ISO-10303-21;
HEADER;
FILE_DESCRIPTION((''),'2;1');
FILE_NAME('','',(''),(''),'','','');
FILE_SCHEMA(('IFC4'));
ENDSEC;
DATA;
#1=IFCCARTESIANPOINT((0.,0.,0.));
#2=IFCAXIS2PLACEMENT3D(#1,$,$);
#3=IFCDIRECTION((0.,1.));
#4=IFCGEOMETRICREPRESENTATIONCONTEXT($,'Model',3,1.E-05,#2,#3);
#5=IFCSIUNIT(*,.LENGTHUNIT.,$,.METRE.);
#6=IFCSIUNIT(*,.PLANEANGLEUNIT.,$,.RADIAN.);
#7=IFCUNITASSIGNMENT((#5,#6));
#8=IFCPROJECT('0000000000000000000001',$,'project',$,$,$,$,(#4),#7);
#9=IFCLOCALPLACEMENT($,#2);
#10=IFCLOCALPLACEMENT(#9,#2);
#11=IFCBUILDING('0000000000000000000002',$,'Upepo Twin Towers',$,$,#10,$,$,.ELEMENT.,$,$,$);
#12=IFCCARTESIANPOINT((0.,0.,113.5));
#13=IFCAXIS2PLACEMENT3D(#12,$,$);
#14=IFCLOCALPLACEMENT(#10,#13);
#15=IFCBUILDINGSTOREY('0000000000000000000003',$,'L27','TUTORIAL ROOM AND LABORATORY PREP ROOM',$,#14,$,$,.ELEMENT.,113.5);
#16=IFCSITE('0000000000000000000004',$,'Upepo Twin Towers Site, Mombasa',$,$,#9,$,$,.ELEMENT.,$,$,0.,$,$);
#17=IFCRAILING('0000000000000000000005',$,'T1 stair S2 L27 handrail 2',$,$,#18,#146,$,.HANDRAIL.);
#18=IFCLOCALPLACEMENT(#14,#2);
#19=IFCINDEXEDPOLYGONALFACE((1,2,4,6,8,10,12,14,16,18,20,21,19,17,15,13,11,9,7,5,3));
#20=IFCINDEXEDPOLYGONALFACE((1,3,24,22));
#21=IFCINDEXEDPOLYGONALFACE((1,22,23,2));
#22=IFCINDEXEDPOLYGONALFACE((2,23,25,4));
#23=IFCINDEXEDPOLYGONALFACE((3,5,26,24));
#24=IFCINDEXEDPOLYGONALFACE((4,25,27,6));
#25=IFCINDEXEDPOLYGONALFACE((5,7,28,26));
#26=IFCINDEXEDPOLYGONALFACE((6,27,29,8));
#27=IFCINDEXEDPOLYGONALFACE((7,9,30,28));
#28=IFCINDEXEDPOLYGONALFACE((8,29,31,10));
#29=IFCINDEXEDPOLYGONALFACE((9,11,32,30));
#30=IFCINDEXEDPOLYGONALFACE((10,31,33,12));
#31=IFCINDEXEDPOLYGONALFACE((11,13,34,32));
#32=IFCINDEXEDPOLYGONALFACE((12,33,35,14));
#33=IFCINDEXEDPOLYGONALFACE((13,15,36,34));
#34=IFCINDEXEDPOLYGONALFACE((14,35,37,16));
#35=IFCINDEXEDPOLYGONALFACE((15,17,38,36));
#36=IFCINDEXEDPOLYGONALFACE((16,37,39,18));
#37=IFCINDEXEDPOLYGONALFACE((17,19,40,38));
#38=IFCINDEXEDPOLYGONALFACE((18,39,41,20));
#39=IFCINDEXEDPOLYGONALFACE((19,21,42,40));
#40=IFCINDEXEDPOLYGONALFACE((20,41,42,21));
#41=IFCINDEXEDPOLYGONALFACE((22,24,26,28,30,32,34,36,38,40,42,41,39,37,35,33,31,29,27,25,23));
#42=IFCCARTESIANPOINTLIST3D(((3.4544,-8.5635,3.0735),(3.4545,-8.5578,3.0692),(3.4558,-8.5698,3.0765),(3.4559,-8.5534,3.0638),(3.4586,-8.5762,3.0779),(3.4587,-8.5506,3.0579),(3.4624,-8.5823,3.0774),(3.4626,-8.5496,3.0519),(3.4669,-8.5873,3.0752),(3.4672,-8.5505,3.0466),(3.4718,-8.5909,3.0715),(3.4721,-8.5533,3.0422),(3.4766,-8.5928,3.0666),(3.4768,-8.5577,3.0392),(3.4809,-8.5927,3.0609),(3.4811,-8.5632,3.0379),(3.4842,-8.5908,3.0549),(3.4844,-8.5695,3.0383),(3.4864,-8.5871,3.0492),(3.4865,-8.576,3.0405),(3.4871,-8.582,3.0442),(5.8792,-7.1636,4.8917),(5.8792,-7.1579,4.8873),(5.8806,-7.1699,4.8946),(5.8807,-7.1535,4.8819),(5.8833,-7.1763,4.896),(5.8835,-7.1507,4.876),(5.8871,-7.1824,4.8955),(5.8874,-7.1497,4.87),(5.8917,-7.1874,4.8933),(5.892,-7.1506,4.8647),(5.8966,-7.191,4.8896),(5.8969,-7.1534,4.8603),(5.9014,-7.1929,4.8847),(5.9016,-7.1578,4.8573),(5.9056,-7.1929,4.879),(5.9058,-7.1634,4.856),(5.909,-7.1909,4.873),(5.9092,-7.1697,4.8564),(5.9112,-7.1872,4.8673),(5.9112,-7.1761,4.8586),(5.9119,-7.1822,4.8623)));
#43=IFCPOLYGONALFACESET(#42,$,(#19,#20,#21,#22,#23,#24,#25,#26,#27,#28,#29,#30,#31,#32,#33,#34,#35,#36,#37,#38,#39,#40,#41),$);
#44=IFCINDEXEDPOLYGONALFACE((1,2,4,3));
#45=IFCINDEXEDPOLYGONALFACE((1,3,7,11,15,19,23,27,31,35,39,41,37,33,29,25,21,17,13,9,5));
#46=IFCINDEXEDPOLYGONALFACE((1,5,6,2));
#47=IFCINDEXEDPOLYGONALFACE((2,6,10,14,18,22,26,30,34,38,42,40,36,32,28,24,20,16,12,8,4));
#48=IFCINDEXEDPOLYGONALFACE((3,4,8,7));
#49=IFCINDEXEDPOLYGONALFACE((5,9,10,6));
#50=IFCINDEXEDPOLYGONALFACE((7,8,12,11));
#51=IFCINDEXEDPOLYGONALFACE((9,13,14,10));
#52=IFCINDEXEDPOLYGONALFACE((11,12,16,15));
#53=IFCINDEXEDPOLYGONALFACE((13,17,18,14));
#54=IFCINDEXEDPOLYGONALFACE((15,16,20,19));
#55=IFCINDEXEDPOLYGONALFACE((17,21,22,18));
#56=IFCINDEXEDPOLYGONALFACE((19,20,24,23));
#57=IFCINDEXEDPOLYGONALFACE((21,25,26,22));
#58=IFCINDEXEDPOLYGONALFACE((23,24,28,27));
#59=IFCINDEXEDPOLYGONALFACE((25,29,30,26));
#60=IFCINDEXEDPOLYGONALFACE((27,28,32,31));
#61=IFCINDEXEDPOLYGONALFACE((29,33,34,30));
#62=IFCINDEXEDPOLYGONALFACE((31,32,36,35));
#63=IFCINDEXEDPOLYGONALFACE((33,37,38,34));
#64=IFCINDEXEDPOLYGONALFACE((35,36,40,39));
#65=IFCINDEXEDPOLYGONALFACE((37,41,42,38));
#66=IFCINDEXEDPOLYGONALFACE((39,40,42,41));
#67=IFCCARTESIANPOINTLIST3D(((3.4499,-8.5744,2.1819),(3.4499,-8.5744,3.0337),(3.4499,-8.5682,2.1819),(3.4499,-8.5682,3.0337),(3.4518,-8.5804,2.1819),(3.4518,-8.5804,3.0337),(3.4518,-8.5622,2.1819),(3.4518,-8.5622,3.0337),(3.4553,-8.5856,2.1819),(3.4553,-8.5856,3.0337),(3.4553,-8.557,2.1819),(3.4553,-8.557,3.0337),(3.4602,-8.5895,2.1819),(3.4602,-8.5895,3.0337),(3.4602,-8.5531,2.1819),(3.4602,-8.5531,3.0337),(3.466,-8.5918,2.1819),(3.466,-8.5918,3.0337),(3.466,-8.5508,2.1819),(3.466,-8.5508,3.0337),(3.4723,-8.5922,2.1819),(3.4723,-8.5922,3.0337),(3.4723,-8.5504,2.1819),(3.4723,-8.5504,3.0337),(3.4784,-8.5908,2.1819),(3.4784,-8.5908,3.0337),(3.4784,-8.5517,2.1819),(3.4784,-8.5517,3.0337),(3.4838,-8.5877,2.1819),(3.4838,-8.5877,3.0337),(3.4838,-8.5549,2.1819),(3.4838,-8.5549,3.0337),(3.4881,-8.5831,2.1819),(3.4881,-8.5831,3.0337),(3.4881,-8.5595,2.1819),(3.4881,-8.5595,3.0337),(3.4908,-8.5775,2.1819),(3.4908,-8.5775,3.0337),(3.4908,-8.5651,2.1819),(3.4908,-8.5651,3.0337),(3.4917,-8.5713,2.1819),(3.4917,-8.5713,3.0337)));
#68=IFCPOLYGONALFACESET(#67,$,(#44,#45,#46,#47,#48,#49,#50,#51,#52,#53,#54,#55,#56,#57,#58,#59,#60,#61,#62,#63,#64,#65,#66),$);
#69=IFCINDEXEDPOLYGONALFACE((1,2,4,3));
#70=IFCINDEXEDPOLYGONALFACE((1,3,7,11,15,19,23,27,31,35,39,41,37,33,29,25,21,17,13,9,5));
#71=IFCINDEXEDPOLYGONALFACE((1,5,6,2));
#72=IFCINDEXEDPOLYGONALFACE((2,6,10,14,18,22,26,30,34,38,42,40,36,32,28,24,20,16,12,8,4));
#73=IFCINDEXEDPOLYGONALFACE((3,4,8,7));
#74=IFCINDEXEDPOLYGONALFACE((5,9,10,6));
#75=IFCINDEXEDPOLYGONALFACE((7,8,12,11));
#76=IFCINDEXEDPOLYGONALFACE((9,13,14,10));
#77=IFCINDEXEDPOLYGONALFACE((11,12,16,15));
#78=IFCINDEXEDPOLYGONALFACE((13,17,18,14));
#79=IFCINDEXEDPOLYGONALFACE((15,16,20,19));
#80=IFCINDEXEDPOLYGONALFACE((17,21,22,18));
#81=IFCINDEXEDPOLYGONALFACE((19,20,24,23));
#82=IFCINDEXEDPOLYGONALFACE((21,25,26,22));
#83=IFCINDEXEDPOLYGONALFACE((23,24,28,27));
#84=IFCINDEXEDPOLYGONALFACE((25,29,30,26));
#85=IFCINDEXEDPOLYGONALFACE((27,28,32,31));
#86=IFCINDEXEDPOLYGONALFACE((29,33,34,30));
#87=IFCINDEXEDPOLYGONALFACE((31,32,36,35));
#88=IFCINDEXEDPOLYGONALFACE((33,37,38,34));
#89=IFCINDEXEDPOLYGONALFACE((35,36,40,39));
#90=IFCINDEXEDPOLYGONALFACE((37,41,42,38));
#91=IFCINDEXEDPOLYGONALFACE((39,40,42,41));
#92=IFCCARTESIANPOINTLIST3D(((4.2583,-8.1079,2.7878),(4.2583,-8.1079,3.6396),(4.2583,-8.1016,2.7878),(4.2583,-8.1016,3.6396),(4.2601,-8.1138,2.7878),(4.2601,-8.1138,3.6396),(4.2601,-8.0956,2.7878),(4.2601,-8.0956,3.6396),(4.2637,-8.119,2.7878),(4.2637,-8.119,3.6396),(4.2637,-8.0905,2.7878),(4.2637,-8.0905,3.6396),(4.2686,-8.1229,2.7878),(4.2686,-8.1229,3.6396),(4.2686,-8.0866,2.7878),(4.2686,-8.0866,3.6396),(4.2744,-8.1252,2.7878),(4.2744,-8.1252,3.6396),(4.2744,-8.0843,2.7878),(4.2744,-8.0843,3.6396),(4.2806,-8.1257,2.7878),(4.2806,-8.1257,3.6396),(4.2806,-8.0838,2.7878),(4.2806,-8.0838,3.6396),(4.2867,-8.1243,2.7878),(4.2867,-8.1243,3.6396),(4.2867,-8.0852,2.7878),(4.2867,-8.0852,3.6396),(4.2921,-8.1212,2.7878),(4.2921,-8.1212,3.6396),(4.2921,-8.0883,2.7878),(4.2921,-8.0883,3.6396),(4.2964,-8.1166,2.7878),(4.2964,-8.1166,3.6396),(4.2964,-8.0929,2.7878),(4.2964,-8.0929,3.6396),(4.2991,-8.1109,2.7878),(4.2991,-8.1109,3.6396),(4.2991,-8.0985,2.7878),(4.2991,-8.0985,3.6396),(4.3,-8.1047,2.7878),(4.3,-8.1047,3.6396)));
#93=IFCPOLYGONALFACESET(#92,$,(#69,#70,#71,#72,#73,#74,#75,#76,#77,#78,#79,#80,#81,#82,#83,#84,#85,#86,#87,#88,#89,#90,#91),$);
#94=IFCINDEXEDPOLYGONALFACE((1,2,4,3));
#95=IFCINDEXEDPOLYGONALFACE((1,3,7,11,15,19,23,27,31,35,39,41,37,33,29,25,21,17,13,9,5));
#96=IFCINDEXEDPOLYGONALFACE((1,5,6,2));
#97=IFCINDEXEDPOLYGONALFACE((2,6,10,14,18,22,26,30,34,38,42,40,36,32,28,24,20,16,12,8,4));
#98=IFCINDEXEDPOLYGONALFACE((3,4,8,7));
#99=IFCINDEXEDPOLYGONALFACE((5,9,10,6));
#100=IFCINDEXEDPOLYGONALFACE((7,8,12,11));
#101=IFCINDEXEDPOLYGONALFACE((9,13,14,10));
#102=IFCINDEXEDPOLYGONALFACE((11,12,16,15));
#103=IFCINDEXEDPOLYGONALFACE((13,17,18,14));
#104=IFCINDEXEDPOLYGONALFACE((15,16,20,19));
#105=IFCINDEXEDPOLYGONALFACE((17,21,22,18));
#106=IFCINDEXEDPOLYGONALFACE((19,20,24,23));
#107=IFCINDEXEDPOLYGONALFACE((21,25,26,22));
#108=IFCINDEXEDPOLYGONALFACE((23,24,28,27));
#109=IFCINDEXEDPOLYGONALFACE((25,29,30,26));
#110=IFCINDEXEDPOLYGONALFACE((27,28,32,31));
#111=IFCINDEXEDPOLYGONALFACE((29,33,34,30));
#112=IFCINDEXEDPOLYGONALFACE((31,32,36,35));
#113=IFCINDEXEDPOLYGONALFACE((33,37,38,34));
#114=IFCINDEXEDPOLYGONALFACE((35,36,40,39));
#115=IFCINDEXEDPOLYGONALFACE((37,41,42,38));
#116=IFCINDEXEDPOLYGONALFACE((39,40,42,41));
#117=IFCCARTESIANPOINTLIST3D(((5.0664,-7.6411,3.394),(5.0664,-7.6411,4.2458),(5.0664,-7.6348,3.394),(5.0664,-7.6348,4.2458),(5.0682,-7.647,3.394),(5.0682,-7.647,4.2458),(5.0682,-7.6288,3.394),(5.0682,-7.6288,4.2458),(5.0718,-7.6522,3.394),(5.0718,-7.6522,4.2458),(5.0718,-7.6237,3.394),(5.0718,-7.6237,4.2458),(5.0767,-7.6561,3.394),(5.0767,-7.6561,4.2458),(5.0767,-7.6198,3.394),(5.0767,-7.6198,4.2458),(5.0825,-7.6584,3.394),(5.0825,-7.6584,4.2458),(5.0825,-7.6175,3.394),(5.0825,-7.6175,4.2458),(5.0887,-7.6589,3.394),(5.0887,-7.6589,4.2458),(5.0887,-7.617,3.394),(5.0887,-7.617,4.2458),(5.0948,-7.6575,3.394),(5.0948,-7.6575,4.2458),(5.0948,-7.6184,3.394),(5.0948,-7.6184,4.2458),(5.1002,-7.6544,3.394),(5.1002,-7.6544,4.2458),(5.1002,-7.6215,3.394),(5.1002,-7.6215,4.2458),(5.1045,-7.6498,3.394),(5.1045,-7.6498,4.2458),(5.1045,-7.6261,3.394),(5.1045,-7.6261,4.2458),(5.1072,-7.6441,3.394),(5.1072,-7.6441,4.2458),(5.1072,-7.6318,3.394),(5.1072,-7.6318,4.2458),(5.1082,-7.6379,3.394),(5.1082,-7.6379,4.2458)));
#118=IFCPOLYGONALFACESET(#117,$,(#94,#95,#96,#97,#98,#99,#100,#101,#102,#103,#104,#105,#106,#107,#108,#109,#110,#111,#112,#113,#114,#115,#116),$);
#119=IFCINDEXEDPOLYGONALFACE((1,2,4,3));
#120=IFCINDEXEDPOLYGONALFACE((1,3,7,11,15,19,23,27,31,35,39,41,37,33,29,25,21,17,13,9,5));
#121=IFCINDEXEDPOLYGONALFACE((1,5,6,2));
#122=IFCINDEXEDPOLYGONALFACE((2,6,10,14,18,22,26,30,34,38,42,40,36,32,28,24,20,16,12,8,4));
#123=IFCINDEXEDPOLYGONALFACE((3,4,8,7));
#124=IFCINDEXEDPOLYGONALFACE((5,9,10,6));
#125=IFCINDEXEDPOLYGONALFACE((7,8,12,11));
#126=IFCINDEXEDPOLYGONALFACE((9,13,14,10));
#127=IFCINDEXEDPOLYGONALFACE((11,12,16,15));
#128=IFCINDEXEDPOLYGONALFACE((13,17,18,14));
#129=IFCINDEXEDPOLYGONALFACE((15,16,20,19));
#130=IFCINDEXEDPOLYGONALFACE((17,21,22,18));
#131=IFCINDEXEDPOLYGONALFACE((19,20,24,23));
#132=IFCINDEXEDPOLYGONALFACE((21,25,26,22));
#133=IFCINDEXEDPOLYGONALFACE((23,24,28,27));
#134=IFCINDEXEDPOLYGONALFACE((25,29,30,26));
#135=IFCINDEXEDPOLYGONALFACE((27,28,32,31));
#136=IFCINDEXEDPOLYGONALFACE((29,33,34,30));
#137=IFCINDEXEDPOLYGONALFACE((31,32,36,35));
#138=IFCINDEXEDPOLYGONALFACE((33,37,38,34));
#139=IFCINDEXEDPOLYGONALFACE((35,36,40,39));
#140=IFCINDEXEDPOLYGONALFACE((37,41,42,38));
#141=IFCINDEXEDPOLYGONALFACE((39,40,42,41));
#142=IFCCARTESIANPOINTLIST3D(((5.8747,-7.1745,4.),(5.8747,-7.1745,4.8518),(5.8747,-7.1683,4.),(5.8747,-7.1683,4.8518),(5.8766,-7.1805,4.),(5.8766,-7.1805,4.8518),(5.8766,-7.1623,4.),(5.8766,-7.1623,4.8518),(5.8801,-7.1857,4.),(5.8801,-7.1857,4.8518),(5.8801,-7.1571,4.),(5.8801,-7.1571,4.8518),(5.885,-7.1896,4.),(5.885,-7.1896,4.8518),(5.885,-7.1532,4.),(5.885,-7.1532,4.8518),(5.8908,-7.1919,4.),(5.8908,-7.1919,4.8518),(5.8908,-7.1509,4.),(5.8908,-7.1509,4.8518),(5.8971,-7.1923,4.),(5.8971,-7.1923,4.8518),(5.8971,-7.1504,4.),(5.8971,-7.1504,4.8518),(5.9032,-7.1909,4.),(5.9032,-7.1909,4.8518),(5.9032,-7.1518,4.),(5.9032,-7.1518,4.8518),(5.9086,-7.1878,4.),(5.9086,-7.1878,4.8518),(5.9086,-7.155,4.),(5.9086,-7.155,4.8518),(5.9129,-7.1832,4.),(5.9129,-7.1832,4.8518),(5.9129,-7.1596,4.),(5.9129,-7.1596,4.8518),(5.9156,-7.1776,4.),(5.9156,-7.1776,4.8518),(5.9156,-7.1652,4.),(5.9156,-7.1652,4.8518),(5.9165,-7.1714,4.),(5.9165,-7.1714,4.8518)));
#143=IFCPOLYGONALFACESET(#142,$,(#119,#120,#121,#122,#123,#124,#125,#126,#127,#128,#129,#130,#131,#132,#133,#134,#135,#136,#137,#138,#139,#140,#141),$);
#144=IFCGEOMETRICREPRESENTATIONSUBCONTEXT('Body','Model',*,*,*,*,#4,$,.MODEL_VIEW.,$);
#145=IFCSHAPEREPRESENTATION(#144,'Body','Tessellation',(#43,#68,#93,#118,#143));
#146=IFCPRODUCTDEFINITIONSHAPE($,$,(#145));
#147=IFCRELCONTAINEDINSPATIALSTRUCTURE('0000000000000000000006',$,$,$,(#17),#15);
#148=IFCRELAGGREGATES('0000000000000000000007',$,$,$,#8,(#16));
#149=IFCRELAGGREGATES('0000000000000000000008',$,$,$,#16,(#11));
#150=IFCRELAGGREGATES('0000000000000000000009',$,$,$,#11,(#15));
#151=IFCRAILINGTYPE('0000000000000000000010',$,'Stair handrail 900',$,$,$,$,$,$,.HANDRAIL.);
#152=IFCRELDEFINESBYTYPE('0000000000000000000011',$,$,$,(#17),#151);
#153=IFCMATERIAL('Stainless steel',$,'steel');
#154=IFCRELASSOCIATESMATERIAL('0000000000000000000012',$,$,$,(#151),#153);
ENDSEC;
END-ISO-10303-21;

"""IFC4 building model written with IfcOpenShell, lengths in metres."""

from ifc_helpers import new_model, si_unit, direction, frame, origin, origin_2d, place, context, subcontext, project, spatial, circle, extrude, material, type_object, element, save


model = new_model("IFC4")

# Units and contexts
model_context = context("Model", 3, precision=1e-05, world=origin(), true_north=direction((0.0, 1.0)))
body_context = subcontext(model_context, "Body", "Model", "MODEL_VIEW")
ifc_project = project(units=[si_unit("LENGTHUNIT", "METRE"), si_unit("PLANEANGLEUNIT", "RADIAN")], contexts=[model_context])

# Site, building, storey
site_placement = place(None, origin())
site = spatial("IfcSite", under=ifc_project, at=site_placement, Name="Upepo Twin Towers Site, Mombasa", CompositionType="ELEMENT", RefElevation=0.0)
building_placement = place(site_placement, origin())
building = spatial("IfcBuilding", under=site, at=building_placement, Name="Upepo Twin Towers", CompositionType="ELEMENT")
storey_placement = place(building_placement, frame((0.0, 0.0, 113.5)))
storey = spatial("IfcBuildingStorey", under=building, at=storey_placement, Name="L27", Description="TUTORIAL ROOM AND LABORATORY PREP ROOM", CompositionType="ELEMENT", Elevation=113.5)

# Railing
ifc_material_1 = material(Name="Stainless steel", Category="steel")
railing_type = type_object("IfcRailingType", Name="Stair handrail 900", PredefinedType="HANDRAIL", material=ifc_material_1)
railing_1_placement = place(storey_placement, frame((3.4707, -8.5713, 2.1819)))
element("IfcRailing", 1, at=railing_1_placement, inside=storey, type_object=railing_type, Name="T1 stair S2 L27 handrail 2", PredefinedType="HANDRAIL", context=body_context, shape_type="SweptSolid", body=[
    extrude(circle(Radius=0.0239, at=origin_2d()), frame((0.0, 0.0, 0.876), z_axis=(0.726336, 0.419333, 0.544606), x_axis=(-0.499984, 0.866035, 0.0)), (0.0, 0.0, 1.0), 3.3384),
    extrude(circle(Radius=0.021, at=origin_2d()), origin(), (0.0, 0.0, 1.0), 0.8518),
    extrude(circle(Radius=0.021, at=origin_2d()), frame((0.8083, 0.4666, 0.606)), (0.0, 0.0, 1.0), 0.8518),
    extrude(circle(Radius=0.021, at=origin_2d()), frame((1.6165, 0.9333, 1.2122)), (0.0, 0.0, 1.0), 0.8518),
    extrude(circle(Radius=0.021, at=origin_2d()), frame((2.4248, 1.3999, 1.8181)), (0.0, 0.0, 1.0), 0.8518),
])

save(model, "model.ifc")
